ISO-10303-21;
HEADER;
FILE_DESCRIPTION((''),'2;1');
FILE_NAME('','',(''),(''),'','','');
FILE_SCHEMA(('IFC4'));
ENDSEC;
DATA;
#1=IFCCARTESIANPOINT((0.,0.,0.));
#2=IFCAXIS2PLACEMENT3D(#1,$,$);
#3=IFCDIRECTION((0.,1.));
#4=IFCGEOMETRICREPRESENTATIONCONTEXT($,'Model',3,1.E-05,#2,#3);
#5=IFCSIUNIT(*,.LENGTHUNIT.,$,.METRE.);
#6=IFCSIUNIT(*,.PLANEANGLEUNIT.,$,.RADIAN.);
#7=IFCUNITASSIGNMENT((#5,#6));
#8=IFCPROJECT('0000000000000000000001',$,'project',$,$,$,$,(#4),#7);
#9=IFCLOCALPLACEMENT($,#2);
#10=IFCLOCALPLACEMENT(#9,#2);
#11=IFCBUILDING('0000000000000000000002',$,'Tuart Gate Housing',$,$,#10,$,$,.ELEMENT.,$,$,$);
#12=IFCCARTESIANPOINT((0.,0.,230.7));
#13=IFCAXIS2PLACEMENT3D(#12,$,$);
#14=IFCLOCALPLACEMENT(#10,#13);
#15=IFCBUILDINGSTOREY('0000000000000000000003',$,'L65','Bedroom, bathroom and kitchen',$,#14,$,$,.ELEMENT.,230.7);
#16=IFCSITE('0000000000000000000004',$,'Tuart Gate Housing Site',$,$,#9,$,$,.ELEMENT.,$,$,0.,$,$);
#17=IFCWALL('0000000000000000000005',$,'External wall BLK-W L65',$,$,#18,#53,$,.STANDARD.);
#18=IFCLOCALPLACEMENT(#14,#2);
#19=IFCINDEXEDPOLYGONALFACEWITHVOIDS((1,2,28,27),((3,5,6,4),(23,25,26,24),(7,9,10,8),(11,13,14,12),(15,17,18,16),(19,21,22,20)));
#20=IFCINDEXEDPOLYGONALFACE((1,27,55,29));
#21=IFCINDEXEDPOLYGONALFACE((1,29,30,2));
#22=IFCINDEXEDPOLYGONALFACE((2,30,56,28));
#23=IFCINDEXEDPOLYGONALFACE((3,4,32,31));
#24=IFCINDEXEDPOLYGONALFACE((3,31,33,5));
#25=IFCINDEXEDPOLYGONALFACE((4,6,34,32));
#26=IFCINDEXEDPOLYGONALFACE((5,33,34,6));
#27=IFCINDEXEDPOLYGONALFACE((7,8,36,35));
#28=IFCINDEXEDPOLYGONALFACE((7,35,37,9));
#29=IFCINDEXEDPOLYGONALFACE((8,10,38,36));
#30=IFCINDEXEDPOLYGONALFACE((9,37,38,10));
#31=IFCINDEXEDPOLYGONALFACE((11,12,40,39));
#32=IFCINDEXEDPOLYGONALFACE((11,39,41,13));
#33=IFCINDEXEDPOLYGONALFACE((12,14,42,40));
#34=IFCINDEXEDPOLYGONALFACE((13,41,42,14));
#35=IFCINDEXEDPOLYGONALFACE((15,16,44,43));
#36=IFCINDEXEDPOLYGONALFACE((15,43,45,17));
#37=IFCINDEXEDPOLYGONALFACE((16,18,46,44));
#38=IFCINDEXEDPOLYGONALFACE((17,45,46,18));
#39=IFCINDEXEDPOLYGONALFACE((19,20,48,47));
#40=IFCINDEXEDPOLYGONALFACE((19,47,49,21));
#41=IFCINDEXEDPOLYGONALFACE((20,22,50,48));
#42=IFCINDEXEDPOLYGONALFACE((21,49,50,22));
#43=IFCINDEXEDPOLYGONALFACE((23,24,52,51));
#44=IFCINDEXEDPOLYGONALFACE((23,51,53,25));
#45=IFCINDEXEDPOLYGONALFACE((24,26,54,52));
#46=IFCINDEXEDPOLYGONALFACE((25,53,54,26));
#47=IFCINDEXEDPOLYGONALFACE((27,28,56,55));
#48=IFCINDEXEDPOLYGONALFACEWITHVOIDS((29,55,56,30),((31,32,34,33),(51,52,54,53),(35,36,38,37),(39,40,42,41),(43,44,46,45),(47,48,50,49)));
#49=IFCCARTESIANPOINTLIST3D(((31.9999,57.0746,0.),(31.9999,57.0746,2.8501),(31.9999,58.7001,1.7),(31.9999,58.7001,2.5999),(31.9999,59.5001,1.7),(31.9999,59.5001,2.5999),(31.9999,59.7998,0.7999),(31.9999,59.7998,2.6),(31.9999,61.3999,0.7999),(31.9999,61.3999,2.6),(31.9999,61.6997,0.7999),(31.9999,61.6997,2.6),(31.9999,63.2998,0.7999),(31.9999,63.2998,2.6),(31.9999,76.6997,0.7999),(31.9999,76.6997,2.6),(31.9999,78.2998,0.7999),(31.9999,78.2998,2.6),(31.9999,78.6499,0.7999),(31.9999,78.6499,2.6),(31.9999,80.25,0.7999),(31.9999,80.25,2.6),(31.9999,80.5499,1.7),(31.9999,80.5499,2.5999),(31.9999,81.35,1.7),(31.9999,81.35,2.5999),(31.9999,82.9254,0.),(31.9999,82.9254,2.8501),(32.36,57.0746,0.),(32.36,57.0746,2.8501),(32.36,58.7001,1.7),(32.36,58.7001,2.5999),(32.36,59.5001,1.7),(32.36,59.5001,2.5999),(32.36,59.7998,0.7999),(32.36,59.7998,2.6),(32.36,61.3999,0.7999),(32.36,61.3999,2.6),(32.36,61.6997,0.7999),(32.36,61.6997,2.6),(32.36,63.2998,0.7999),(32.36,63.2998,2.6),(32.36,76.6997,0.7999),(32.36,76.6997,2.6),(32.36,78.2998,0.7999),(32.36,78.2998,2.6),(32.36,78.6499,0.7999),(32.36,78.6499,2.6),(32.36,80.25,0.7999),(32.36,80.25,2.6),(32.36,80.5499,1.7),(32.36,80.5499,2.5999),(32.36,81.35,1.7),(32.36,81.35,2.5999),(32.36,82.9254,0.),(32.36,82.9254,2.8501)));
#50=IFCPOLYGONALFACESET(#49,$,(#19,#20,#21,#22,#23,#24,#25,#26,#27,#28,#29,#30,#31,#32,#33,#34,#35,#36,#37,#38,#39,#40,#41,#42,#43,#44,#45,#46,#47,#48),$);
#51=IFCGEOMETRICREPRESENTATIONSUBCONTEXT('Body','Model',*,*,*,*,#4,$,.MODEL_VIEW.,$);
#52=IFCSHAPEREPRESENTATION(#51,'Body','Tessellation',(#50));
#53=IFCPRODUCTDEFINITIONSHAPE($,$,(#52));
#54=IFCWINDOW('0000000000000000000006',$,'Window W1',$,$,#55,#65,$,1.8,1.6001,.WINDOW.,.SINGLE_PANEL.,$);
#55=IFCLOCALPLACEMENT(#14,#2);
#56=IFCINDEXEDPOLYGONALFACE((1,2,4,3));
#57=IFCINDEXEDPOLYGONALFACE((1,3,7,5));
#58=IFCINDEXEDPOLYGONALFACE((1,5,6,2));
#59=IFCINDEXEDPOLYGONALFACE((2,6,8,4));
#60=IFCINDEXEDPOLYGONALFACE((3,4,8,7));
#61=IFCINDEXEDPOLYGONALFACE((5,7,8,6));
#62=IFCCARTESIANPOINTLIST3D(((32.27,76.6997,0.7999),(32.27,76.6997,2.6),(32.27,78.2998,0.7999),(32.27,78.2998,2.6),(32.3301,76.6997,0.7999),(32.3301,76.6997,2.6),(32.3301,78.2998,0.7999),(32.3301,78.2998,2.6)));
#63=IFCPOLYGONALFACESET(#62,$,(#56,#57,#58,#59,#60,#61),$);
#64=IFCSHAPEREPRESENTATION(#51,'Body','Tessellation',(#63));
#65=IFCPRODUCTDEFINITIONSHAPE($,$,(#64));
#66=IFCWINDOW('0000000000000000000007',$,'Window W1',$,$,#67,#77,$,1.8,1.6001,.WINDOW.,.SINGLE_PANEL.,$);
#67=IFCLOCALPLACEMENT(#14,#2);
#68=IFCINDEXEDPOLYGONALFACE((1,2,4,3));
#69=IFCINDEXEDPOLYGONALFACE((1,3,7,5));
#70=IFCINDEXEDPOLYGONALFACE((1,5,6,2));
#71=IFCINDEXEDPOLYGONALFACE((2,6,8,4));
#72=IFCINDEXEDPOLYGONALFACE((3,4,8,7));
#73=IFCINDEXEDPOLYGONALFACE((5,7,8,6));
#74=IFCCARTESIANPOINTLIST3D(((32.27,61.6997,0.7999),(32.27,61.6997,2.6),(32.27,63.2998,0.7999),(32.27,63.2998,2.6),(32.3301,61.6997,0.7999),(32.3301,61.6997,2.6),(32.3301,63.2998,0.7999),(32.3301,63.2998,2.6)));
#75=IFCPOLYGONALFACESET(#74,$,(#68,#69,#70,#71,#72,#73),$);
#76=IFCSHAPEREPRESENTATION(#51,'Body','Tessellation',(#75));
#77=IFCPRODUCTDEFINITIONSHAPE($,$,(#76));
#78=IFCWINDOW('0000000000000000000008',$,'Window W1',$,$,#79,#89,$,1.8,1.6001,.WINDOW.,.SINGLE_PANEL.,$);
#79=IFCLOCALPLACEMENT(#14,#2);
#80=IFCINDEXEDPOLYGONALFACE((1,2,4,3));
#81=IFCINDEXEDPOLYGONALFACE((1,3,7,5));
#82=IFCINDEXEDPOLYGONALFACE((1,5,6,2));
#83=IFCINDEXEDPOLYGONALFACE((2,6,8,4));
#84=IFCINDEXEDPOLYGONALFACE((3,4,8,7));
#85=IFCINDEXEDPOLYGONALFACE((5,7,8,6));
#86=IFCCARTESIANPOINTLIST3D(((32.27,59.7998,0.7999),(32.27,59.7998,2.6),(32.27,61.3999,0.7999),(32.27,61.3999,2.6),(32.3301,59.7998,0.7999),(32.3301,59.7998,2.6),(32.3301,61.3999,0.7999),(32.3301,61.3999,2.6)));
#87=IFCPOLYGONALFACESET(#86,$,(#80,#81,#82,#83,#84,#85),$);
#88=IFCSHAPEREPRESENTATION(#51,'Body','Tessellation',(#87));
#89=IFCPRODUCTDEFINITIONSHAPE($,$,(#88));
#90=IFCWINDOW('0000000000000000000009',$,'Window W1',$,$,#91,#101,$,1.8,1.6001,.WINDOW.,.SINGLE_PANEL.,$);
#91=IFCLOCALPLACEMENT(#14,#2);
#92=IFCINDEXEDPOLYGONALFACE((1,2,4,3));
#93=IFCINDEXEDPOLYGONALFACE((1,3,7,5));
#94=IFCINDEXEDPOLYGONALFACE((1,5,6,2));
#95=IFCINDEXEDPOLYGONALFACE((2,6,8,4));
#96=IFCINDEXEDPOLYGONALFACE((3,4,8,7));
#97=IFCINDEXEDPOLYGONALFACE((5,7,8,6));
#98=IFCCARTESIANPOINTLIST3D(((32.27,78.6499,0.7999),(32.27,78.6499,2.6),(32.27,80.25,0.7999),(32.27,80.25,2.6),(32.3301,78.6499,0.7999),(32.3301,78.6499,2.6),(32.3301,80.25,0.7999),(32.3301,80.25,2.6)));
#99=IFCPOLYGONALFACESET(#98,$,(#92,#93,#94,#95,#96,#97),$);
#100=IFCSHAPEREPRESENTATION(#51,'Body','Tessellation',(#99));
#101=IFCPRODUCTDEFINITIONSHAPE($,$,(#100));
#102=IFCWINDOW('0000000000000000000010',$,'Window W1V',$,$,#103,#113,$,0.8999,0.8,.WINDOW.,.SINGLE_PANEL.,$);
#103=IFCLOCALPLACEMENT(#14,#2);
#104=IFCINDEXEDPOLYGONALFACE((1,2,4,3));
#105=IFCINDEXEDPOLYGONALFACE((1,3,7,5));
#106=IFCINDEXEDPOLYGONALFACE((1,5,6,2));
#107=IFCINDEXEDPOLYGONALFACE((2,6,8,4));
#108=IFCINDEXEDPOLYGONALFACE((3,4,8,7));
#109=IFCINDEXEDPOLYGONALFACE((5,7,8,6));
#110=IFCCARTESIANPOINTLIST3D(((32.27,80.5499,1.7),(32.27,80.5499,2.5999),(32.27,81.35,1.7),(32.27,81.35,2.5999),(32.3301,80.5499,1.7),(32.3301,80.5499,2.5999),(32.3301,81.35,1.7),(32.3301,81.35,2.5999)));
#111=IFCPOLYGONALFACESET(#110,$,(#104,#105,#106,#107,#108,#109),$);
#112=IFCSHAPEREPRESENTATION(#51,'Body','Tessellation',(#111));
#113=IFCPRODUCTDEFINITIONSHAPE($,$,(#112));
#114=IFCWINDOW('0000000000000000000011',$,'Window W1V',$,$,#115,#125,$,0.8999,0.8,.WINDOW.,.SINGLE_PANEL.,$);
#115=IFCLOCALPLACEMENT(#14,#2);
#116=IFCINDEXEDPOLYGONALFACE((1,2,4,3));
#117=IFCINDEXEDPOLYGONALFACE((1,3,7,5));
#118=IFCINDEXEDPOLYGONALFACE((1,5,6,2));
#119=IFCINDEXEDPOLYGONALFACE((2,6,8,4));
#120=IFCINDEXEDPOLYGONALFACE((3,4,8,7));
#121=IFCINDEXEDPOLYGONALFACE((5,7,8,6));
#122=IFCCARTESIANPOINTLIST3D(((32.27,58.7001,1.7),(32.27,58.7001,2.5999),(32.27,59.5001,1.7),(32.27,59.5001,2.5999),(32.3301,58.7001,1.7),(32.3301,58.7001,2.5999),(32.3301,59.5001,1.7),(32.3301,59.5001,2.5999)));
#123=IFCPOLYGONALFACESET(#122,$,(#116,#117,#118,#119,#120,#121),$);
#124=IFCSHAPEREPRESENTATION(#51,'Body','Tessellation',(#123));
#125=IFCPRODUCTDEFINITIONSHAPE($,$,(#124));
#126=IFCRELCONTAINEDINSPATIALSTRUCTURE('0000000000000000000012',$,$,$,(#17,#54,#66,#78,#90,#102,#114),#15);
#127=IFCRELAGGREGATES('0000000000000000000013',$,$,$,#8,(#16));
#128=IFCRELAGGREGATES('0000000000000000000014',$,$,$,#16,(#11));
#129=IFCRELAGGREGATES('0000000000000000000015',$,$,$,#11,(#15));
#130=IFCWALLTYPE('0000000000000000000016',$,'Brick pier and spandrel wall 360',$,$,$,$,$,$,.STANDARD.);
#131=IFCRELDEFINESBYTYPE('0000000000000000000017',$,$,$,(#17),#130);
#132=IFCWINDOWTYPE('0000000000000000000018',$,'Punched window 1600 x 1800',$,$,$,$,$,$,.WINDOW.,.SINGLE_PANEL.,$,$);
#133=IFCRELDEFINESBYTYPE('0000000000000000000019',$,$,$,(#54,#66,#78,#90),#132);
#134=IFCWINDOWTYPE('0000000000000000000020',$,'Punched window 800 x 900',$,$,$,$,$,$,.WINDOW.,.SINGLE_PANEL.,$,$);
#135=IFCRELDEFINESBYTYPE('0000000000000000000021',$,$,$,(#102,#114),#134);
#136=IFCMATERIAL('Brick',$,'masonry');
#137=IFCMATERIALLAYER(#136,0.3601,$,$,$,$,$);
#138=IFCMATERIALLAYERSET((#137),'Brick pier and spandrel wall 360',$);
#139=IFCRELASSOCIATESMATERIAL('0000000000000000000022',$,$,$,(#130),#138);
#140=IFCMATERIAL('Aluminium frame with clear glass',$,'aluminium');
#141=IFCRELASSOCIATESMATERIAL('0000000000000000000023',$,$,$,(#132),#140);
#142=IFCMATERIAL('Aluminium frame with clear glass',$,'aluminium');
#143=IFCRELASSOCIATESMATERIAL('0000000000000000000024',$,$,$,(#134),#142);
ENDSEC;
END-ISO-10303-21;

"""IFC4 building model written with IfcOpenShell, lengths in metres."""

from ifc_helpers import new_model, si_unit, direction, frame, frame_2d, origin, place, context, subcontext, project, spatial, rectangle, extrude, material, layer, layer_set, type_object, element, fill, save


model = new_model("IFC4")

# Units and contexts
model_context = context("Model", 3, precision=1e-05, world=origin(), true_north=direction((0.0, 1.0)))
body_context = subcontext(model_context, "Body", "Model", "MODEL_VIEW")
ifc_project = project(units=[si_unit("LENGTHUNIT", "METRE"), si_unit("PLANEANGLEUNIT", "RADIAN")], contexts=[model_context])

# Site, building, storey
site_placement = place(None, origin())
site = spatial("IfcSite", under=ifc_project, at=site_placement, Name="Tuart Gate Housing Site", CompositionType="ELEMENT", RefElevation=0.0)
building_placement = place(site_placement, origin())
building = spatial("IfcBuilding", under=site, at=building_placement, Name="Tuart Gate Housing", CompositionType="ELEMENT")
storey_placement = place(building_placement, frame((0.0, 0.0, 230.7)))
storey = spatial("IfcBuildingStorey", under=building, at=storey_placement, Name="L65", Description="Bedroom, bathroom and kitchen", CompositionType="ELEMENT", Elevation=230.7)

# Shared definitions
ifc_material_1 = material(Name="Brick", Category="masonry")
ifc_layer_1 = layer(ifc_material_1, 0.3601)
ifc_layer_set_1 = layer_set([ifc_layer_1], Name="Brick pier and spandrel wall 360")
wall_type_1 = type_object("IfcWallType", Name="Brick pier and spandrel wall 360", PredefinedType="STANDARD", material=ifc_layer_set_1)
ifc_material_2 = material(Name="Aluminium frame with clear glass", Category="aluminium")
window_type_1 = type_object("IfcWindowType", Name="Punched window 1600 x 1800", PartitioningType="SINGLE_PANEL", PredefinedType="WINDOW", material=ifc_material_2)

# Wall, openings, windows
wall_1_placement = place(storey_placement, frame((32.1799, 82.9253, 0.0), z_axis=(0.0, 0.0, 1.0), x_axis=(0.0, -1.0, 0.0)))
wall_1 = element("IfcWall", 1, at=wall_1_placement, inside=storey, type_object=wall_type_1, Name="External wall BLK-W L65", PredefinedType="STANDARD", context=body_context, shape_type="SweptSolid", body=[
    extrude(rectangle(XDim=25.8508, YDim=0.3601, at=frame_2d((12.9253, 0.0))), origin(), (0.0, 0.0, 1.0), 2.8501),
])
opening_1_placement = place(wall_1_placement, frame((1.5754, 0.0, 1.7)))
opening_1 = element("IfcOpeningElement", 2, at=opening_1_placement, cuts=wall_1, PredefinedType="OPENING", context=body_context, shape_type="SweptSolid", body=[
    extrude(rectangle(XDim=0.8, YDim=0.8999, at=frame_2d((0.3999, 0.45))), frame((0.0, 0.1899, 0.0), z_axis=(0.0, -1.0, 0.0), x_axis=(1.0, 0.0, 0.0)), (0.0, 0.0, 1.0), 0.3801),
])
opening_2_placement = place(wall_1_placement, frame((4.6255, 0.0, 0.8)))
opening_2 = element("IfcOpeningElement", 3, at=opening_2_placement, cuts=wall_1, PredefinedType="OPENING", context=body_context, shape_type="SweptSolid", body=[
    extrude(rectangle(XDim=1.6001, YDim=1.8, at=frame_2d((0.8, 0.8999))), frame((0.0, 0.1899, 0.0), z_axis=(0.0, -1.0, 0.0), x_axis=(1.0, 0.0, 0.0)), (0.0, 0.0, 1.0), 0.3801),
])
opening_3_placement = place(wall_1_placement, frame((19.6255, 0.0, 0.8)))
opening_3 = element("IfcOpeningElement", 4, at=opening_3_placement, cuts=wall_1, PredefinedType="OPENING", context=body_context, shape_type="SweptSolid", body=[
    extrude(rectangle(XDim=1.6001, YDim=1.8, at=frame_2d((0.8, 0.8999))), frame((0.0, 0.1899, 0.0), z_axis=(0.0, -1.0, 0.0), x_axis=(1.0, 0.0, 0.0)), (0.0, 0.0, 1.0), 0.3801),
])
opening_4_placement = place(wall_1_placement, frame((21.5254, 0.0, 0.8)))
opening_4 = element("IfcOpeningElement", 5, at=opening_4_placement, cuts=wall_1, PredefinedType="OPENING", context=body_context, shape_type="SweptSolid", body=[
    extrude(rectangle(XDim=1.6001, YDim=1.8, at=frame_2d((0.8, 0.8999))), frame((0.0, 0.1899, 0.0), z_axis=(0.0, -1.0, 0.0), x_axis=(1.0, 0.0, 0.0)), (0.0, 0.0, 1.0), 0.3801),
])
opening_5_placement = place(wall_1_placement, frame((2.6753, 0.0, 0.8)))
opening_5 = element("IfcOpeningElement", 6, at=opening_5_placement, cuts=wall_1, PredefinedType="OPENING", context=body_context, shape_type="SweptSolid", body=[
    extrude(rectangle(XDim=1.6001, YDim=1.8, at=frame_2d((0.8, 0.8999))), frame((0.0, 0.1899, 0.0), z_axis=(0.0, -1.0, 0.0), x_axis=(1.0, 0.0, 0.0)), (0.0, 0.0, 1.0), 0.3801),
])
opening_6_placement = place(wall_1_placement, frame((23.4253, 0.0, 1.7)))
opening_6 = element("IfcOpeningElement", 7, at=opening_6_placement, cuts=wall_1, PredefinedType="OPENING", context=body_context, shape_type="SweptSolid", body=[
    extrude(rectangle(XDim=0.8, YDim=0.8999, at=frame_2d((0.3999, 0.45))), frame((0.0, 0.1899, 0.0), z_axis=(0.0, -1.0, 0.0), x_axis=(1.0, 0.0, 0.0)), (0.0, 0.0, 1.0), 0.3801),
])
window_1_placement = place(opening_2_placement, origin())
window_1 = element("IfcWindow", 8, at=window_1_placement, inside=storey, type_object=window_type_1, Name="Window W1", OverallHeight=1.8, OverallWidth=1.6001, PartitioningType="SINGLE_PANEL", PredefinedType="WINDOW", context=body_context, shape_type="SweptSolid", body=[
    extrude(rectangle(XDim=1.6001, YDim=1.8, at=frame_2d((0.8, 0.8999))), frame((0.0, 0.1501, 0.0), z_axis=(0.0, -1.0, 0.0), x_axis=(1.0, 0.0, 0.0)), (0.0, 0.0, 1.0), 0.0601),
])
fill(opening_2, window_1)
window_2_placement = place(opening_3_placement, origin())
window_2 = element("IfcWindow", 9, at=window_2_placement, inside=storey, type_object=window_type_1, Name="Window W1", OverallHeight=1.8, OverallWidth=1.6001, PartitioningType="SINGLE_PANEL", PredefinedType="WINDOW", context=body_context, shape_type="SweptSolid", body=[
    extrude(rectangle(XDim=1.6001, YDim=1.8, at=frame_2d((0.8, 0.8999))), frame((0.0, 0.1501, 0.0), z_axis=(0.0, -1.0, 0.0), x_axis=(1.0, 0.0, 0.0)), (0.0, 0.0, 1.0), 0.0601),
])
fill(opening_3, window_2)
window_3_placement = place(opening_4_placement, origin())
window_3 = element("IfcWindow", 10, at=window_3_placement, inside=storey, type_object=window_type_1, Name="Window W1", OverallHeight=1.8, OverallWidth=1.6001, PartitioningType="SINGLE_PANEL", PredefinedType="WINDOW", context=body_context, shape_type="SweptSolid", body=[
    extrude(rectangle(XDim=1.6001, YDim=1.8, at=frame_2d((0.8, 0.8999))), frame((0.0, 0.1501, 0.0), z_axis=(0.0, -1.0, 0.0), x_axis=(1.0, 0.0, 0.0)), (0.0, 0.0, 1.0), 0.0601),
])
fill(opening_4, window_3)
window_4_placement = place(opening_5_placement, origin())
window_4 = element("IfcWindow", 11, at=window_4_placement, inside=storey, type_object=window_type_1, Name="Window W1", OverallHeight=1.8, OverallWidth=1.6001, PartitioningType="SINGLE_PANEL", PredefinedType="WINDOW", context=body_context, shape_type="SweptSolid", body=[
    extrude(rectangle(XDim=1.6001, YDim=1.8, at=frame_2d((0.8, 0.8999))), frame((0.0, 0.1501, 0.0), z_axis=(0.0, -1.0, 0.0), x_axis=(1.0, 0.0, 0.0)), (0.0, 0.0, 1.0), 0.0601),
])
fill(opening_5, window_4)
ifc_material_3 = material(Name="Aluminium frame with clear glass", Category="aluminium")
window_type_2 = type_object("IfcWindowType", Name="Punched window 800 x 900", PartitioningType="SINGLE_PANEL", PredefinedType="WINDOW", material=ifc_material_3)
window_5_placement = place(opening_1_placement, origin())
window_5 = element("IfcWindow", 12, at=window_5_placement, inside=storey, type_object=window_type_2, Name="Window W1V", OverallHeight=0.8999, OverallWidth=0.8, PartitioningType="SINGLE_PANEL", PredefinedType="WINDOW", context=body_context, shape_type="SweptSolid", body=[
    extrude(rectangle(XDim=0.8, YDim=0.8999, at=frame_2d((0.3999, 0.45))), frame((0.0, 0.1501, 0.0), z_axis=(0.0, -1.0, 0.0), x_axis=(1.0, 0.0, 0.0)), (0.0, 0.0, 1.0), 0.0601),
])
fill(opening_1, window_5)
window_6_placement = place(opening_6_placement, origin())
window_6 = element("IfcWindow", 13, at=window_6_placement, inside=storey, type_object=window_type_2, Name="Window W1V", OverallHeight=0.8999, OverallWidth=0.8, PartitioningType="SINGLE_PANEL", PredefinedType="WINDOW", context=body_context, shape_type="SweptSolid", body=[
    extrude(rectangle(XDim=0.8, YDim=0.8999, at=frame_2d((0.3999, 0.45))), frame((0.0, 0.1501, 0.0), z_axis=(0.0, -1.0, 0.0), x_axis=(1.0, 0.0, 0.0)), (0.0, 0.0, 1.0), 0.0601),
])
fill(opening_6, window_6)

save(model, "model.ifc")
